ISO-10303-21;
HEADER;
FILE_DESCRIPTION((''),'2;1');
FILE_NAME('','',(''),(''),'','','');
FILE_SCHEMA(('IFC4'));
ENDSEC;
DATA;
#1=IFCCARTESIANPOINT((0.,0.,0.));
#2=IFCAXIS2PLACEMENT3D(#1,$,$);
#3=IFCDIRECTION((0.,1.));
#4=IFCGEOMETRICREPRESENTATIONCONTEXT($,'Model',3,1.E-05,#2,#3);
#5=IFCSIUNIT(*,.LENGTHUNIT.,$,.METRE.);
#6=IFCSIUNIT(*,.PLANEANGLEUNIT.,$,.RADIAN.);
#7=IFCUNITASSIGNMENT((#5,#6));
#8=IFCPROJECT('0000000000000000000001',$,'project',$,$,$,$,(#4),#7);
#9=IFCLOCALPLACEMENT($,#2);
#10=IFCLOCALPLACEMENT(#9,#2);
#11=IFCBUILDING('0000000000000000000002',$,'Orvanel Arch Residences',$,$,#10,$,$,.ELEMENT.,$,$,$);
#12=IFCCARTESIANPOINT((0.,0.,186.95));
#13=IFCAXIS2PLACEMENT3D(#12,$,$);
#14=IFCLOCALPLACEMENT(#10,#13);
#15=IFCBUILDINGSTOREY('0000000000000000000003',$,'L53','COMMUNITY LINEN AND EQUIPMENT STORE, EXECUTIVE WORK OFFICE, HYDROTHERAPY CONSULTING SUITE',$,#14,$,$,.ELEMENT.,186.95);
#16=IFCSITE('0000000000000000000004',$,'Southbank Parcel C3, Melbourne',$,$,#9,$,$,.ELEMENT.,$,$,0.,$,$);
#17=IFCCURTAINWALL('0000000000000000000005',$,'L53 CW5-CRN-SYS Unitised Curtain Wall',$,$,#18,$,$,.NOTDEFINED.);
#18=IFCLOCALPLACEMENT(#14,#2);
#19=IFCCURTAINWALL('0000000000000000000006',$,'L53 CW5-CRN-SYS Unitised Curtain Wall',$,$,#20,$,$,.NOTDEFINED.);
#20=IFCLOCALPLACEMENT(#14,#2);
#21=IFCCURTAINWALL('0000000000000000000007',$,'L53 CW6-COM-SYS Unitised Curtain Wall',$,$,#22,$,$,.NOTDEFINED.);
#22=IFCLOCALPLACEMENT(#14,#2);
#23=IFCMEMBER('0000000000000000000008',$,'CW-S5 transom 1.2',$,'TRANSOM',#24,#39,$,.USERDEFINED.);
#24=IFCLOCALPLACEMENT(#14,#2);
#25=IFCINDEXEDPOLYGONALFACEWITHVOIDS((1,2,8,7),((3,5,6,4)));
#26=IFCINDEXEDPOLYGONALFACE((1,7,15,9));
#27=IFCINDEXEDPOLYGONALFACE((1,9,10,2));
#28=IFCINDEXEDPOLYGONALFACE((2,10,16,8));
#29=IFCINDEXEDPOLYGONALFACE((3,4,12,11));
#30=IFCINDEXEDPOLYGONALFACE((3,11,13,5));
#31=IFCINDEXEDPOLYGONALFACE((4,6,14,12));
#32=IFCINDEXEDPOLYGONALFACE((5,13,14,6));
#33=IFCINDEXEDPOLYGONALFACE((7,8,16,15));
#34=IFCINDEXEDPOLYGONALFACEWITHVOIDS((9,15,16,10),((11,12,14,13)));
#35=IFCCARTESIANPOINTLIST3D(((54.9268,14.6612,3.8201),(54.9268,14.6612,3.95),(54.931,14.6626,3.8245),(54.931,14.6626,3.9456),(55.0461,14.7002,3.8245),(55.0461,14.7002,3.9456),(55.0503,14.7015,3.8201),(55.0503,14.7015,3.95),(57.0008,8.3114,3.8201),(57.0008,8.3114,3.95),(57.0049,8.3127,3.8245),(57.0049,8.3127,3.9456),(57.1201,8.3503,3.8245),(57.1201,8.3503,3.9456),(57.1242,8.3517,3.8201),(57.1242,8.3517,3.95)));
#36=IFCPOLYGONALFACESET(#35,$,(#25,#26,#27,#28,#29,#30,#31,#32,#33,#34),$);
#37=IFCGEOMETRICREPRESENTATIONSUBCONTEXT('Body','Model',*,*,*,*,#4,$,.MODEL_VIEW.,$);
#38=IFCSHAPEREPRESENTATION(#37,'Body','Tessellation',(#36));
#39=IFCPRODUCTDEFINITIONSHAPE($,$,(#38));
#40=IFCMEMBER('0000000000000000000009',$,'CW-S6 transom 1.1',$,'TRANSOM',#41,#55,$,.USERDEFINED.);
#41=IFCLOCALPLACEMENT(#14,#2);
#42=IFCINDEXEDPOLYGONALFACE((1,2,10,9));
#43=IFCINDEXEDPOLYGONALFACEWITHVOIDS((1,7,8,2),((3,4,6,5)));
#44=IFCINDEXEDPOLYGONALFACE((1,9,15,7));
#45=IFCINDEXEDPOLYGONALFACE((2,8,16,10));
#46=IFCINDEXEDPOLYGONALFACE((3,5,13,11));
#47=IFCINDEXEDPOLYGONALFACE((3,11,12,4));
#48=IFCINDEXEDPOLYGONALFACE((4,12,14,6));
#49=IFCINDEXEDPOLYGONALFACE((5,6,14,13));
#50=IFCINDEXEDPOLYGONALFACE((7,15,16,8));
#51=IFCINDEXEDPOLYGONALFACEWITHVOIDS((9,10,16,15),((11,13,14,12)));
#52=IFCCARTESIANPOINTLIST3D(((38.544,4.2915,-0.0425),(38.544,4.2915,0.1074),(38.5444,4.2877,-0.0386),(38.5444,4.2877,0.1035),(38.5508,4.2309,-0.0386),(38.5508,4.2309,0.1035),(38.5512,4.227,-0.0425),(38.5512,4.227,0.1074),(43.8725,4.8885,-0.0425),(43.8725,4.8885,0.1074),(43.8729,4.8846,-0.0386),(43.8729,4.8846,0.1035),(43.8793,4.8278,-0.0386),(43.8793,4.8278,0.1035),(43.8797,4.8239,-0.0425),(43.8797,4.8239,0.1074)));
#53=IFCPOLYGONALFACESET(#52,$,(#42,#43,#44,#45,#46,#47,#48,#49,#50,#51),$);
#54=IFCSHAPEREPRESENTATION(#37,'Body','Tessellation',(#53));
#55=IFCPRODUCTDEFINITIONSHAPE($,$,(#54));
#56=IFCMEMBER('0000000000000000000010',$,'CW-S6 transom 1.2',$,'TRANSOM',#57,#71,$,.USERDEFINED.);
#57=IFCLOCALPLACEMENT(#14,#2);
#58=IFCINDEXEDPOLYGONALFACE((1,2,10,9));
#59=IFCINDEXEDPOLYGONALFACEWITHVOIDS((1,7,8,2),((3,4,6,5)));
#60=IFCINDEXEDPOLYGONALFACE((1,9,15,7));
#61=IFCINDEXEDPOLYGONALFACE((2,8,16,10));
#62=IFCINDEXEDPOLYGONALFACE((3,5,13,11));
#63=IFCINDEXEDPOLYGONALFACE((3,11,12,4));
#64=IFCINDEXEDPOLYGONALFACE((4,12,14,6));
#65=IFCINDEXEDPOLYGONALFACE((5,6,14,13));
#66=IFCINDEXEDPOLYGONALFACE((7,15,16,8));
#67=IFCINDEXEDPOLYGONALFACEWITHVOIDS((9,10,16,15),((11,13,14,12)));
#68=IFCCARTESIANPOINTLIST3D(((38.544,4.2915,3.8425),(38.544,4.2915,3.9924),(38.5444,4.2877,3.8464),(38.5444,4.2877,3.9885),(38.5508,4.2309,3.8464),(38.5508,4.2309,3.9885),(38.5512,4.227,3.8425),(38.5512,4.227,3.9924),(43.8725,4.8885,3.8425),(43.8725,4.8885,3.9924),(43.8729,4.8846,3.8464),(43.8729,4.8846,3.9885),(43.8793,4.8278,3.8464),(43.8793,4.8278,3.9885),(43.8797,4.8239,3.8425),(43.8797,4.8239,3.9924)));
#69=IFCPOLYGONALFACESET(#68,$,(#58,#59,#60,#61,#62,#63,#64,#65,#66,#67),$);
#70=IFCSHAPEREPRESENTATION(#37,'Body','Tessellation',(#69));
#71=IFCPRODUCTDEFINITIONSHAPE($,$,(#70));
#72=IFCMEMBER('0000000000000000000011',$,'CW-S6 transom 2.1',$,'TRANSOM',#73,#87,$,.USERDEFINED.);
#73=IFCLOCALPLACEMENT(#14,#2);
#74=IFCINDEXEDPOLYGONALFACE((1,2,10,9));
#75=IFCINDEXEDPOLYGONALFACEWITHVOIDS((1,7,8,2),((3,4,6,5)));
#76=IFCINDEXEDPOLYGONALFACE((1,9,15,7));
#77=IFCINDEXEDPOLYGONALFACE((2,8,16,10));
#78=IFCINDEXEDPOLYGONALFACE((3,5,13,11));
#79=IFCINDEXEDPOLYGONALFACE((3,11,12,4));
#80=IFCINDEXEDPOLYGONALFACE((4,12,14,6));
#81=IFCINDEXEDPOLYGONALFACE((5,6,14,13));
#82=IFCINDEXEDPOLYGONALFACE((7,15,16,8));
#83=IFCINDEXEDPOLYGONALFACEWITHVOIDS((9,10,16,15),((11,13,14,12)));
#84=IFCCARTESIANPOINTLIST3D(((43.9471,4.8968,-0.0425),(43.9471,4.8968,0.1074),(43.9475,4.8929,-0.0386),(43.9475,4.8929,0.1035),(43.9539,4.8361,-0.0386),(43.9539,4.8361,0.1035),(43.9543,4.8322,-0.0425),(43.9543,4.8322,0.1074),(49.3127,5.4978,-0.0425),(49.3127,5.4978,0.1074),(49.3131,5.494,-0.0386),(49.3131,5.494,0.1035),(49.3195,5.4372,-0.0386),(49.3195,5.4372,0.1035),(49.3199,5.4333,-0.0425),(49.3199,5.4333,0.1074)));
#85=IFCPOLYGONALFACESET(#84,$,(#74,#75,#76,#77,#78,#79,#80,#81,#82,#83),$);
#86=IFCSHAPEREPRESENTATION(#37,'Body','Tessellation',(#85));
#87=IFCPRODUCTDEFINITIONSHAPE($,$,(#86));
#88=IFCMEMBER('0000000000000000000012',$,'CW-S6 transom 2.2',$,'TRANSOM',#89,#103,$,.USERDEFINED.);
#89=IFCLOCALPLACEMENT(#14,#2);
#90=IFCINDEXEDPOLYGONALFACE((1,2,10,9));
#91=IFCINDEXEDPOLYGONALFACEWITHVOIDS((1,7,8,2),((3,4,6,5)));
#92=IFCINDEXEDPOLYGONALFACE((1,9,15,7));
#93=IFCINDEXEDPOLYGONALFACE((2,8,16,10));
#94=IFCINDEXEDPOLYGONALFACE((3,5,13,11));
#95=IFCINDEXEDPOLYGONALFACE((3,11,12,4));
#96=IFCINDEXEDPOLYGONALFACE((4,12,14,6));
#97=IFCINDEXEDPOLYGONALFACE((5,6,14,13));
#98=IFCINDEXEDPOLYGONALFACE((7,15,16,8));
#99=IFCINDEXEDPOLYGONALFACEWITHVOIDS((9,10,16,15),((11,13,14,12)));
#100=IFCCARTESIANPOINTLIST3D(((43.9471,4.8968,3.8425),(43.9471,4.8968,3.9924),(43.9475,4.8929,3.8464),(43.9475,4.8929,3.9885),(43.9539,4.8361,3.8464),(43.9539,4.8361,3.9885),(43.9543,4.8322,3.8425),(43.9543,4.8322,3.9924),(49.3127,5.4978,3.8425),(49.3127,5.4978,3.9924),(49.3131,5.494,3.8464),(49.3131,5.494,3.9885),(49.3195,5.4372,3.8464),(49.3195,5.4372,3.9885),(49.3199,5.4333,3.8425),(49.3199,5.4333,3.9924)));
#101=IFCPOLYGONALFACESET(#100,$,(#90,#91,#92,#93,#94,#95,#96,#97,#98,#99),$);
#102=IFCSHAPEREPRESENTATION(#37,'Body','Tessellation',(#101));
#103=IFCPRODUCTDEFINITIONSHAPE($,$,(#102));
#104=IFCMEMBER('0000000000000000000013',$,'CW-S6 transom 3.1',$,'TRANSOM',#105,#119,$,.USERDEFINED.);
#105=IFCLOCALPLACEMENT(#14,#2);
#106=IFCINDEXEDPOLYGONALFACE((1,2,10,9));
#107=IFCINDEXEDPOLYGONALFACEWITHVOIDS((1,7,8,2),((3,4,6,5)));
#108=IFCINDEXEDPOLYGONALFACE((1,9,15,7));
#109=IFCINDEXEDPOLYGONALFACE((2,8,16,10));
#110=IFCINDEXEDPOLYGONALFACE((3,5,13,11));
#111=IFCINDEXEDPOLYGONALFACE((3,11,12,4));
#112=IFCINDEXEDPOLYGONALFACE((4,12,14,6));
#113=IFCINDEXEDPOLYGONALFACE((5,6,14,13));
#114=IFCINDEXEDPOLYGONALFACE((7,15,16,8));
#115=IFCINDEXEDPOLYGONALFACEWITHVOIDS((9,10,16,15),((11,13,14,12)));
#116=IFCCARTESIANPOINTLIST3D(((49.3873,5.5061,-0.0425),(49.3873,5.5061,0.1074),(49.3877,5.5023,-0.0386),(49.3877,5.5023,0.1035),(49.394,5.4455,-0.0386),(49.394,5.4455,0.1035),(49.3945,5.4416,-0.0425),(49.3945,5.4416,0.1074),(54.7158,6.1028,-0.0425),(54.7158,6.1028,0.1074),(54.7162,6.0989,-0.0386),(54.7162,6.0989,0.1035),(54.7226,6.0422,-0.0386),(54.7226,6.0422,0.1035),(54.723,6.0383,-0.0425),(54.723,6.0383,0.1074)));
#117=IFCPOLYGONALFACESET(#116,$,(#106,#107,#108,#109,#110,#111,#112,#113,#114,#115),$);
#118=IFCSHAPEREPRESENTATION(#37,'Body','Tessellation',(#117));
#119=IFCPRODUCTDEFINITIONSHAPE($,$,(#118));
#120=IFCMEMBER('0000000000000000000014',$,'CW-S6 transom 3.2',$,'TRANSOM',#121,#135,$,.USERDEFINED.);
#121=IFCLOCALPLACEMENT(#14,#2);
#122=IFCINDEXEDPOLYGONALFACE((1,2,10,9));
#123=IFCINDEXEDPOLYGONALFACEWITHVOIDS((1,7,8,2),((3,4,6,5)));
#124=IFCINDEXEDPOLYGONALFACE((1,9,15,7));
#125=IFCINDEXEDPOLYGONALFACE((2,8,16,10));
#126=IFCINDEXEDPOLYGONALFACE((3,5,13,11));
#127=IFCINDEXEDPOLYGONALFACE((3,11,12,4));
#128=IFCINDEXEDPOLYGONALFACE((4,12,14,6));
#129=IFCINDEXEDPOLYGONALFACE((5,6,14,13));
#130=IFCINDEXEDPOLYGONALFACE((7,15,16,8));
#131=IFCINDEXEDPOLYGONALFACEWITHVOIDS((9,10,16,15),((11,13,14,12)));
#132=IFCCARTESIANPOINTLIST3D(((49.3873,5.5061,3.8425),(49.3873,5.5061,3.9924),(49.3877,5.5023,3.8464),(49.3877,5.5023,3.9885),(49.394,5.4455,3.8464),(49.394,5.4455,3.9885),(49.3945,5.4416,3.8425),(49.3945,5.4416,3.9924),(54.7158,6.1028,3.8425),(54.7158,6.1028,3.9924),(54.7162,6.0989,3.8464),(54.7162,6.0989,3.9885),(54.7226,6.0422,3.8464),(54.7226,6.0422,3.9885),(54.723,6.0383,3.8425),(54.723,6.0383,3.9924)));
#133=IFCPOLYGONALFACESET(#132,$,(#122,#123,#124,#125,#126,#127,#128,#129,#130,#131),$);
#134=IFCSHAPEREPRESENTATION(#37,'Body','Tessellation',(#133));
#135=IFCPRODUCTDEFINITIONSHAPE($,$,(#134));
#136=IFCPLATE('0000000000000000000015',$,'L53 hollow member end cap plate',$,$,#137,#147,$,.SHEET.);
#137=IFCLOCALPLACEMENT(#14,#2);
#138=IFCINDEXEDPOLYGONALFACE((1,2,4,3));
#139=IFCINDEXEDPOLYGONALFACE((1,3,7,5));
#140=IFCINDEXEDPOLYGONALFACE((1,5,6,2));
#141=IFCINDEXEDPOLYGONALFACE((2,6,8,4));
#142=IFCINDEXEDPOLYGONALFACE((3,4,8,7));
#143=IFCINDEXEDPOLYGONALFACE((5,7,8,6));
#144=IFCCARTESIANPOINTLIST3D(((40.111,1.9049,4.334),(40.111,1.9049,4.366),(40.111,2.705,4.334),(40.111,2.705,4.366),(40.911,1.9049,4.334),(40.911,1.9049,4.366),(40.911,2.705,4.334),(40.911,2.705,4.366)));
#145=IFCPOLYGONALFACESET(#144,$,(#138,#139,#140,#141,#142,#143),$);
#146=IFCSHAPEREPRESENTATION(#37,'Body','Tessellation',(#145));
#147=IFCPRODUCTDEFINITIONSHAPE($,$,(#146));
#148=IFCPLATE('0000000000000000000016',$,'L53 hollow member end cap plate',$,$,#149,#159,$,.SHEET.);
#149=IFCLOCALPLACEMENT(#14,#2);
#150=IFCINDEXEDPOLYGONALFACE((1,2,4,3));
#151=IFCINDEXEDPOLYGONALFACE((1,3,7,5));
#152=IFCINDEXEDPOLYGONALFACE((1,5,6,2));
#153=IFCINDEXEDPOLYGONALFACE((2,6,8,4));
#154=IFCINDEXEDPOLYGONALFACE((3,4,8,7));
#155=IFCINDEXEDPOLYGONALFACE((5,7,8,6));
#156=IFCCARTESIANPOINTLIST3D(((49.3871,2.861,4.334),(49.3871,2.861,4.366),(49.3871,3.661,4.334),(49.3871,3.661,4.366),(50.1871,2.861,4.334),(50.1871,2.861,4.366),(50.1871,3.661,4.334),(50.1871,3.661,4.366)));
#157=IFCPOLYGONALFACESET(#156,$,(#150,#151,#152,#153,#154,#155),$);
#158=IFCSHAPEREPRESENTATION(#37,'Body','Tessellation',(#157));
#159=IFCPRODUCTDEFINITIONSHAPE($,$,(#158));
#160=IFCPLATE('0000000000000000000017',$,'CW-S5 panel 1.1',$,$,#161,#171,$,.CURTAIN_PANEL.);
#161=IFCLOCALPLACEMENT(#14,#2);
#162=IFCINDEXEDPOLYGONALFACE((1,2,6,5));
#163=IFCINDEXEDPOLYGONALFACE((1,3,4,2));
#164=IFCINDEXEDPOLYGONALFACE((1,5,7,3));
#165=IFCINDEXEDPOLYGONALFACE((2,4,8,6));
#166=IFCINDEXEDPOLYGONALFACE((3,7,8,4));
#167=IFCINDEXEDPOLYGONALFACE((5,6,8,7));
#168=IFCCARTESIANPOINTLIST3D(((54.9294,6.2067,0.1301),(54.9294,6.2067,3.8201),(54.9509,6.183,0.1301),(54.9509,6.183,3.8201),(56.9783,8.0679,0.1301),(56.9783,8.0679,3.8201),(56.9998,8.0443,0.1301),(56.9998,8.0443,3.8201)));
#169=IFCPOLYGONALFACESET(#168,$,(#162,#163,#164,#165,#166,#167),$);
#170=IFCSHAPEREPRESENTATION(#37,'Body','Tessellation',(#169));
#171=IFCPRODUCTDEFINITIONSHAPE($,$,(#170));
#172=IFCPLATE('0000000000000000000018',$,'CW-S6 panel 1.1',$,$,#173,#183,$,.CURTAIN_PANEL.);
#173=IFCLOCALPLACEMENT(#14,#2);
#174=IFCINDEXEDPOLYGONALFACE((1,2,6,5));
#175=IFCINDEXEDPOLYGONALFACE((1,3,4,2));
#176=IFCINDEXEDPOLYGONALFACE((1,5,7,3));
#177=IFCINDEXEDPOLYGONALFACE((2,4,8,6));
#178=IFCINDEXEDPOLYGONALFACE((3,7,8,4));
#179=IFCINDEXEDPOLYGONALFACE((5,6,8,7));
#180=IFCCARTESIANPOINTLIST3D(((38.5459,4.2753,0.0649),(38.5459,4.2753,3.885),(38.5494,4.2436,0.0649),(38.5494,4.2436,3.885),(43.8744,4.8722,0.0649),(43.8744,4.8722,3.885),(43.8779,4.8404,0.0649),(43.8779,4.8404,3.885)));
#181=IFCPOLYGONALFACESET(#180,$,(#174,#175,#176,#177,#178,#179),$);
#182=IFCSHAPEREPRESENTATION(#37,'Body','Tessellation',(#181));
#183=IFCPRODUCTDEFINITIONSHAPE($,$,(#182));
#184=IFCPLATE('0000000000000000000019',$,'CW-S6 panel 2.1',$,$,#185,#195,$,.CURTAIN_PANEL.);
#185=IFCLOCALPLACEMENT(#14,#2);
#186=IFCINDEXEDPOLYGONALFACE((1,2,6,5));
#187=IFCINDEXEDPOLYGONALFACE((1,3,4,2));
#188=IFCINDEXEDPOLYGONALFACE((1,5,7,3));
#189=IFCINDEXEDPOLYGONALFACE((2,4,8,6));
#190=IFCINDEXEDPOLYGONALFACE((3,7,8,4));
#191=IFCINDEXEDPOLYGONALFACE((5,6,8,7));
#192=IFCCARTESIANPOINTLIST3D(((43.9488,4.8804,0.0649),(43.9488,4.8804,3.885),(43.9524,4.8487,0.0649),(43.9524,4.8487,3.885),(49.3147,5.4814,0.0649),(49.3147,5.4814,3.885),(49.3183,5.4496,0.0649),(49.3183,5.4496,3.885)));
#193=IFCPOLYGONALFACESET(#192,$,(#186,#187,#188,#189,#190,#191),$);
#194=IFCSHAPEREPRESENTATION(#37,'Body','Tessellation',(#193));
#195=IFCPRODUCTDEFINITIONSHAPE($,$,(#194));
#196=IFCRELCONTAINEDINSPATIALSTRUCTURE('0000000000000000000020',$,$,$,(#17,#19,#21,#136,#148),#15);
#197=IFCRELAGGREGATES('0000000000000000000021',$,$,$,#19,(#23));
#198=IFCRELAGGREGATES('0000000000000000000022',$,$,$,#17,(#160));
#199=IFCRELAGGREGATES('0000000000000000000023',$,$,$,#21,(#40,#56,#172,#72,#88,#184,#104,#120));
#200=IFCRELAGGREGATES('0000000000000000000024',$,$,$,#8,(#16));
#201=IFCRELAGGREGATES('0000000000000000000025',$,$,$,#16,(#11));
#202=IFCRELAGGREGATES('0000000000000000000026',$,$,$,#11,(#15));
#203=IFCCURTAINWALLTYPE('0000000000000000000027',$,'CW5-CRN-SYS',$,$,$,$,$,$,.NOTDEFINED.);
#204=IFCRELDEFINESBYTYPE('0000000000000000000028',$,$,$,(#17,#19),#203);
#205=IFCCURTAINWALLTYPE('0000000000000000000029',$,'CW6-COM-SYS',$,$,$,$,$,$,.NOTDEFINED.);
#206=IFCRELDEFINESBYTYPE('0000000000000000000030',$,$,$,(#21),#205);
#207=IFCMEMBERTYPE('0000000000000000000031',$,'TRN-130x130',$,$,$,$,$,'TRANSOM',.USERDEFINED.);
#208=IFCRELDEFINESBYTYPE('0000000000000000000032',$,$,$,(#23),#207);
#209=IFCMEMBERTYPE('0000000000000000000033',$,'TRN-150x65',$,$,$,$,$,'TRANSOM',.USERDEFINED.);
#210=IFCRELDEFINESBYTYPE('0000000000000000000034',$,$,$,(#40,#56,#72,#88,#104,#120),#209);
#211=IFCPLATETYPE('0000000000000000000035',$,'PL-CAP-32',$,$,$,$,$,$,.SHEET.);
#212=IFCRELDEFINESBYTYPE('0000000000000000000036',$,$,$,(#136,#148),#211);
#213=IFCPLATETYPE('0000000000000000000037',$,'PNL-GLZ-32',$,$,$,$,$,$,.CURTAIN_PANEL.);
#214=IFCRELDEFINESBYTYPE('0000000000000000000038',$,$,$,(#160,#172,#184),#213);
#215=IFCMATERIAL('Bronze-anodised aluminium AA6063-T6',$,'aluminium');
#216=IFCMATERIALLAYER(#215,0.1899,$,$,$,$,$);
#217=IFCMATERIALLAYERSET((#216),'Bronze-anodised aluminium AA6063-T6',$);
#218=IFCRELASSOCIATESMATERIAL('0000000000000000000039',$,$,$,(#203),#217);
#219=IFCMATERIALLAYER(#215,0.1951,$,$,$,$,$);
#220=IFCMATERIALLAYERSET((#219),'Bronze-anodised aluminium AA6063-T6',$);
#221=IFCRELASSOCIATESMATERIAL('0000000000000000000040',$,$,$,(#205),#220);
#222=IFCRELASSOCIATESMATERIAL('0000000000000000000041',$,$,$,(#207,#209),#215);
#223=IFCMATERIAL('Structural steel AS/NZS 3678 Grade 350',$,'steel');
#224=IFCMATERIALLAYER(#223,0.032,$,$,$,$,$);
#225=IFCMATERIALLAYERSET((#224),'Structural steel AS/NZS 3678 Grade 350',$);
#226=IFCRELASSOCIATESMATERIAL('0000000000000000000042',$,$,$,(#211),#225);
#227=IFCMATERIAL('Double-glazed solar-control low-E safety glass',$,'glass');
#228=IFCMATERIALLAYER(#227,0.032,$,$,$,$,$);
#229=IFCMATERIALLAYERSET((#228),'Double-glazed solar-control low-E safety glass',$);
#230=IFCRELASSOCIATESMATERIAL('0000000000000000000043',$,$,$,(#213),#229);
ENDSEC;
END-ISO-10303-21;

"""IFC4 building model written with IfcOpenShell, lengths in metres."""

from ifc_helpers import new_model, si_unit, direction, frame, origin, origin_2d, place, context, subcontext, project, spatial, rectangle, hollow_rectangle, extrude, material, layer, layer_set, material_profile, profile_set, type_object, element, aggregate, save


model = new_model("IFC4")

# Units and contexts
model_context = context("Model", 3, precision=1e-05, world=origin(), true_north=direction((0.0, 1.0)))
body_context = subcontext(model_context, "Body", "Model", "MODEL_VIEW")
ifc_project = project(units=[si_unit("LENGTHUNIT", "METRE"), si_unit("PLANEANGLEUNIT", "RADIAN")], contexts=[model_context])

# Site, building, storey
site_placement = place(None, origin())
site = spatial("IfcSite", under=ifc_project, at=site_placement, Name="Southbank Parcel C3, Melbourne", CompositionType="ELEMENT", RefElevation=0.0)
building_placement = place(site_placement, origin())
building = spatial("IfcBuilding", under=site, at=building_placement, Name="Orvanel Arch Residences", CompositionType="ELEMENT")
storey_placement = place(building_placement, frame((0.0, 0.0, 186.95)))
storey = spatial("IfcBuildingStorey", under=building, at=storey_placement, Name="L53", Description="COMMUNITY LINEN AND EQUIPMENT STORE, EXECUTIVE WORK OFFICE, HYDROTHERAPY CONSULTING SUITE", CompositionType="ELEMENT", Elevation=186.95)

# Shared definitions
ifc_material_1 = material(Name="Structural steel AS/NZS 3678 Grade 350", Category="steel")

# Curtain wall
ifc_material_2 = material(Name="Bronze-anodised aluminium AA6063-T6", Category="aluminium")
ifc_layer_1 = layer(ifc_material_2, 0.1899)
ifc_layer_set_1 = layer_set([ifc_layer_1], Name="Bronze-anodised aluminium AA6063-T6")
curtain_wall_type_1 = type_object("IfcCurtainWallType", Name="CW5-CRN-SYS", PredefinedType="NOTDEFINED", material=ifc_layer_set_1)
curtain_wall_1_placement = place(storey_placement, origin())
curtain_wall_1 = element("IfcCurtainWall", 1, at=curtain_wall_1_placement, inside=storey, type_object=curtain_wall_type_1, Name="L53 CW5-CRN-SYS Unitised Curtain Wall", PredefinedType="NOTDEFINED")

# Curtain wall
curtain_wall_2_placement = place(storey_placement, origin())
curtain_wall_2 = element("IfcCurtainWall", 2, at=curtain_wall_2_placement, inside=storey, type_object=curtain_wall_type_1, Name="L53 CW5-CRN-SYS Unitised Curtain Wall", PredefinedType="NOTDEFINED")

# Curtain wall
ifc_layer_2 = layer(ifc_material_2, 0.1951)
ifc_layer_set_2 = layer_set([ifc_layer_2], Name="Bronze-anodised aluminium AA6063-T6")
curtain_wall_type_2 = type_object("IfcCurtainWallType", Name="CW6-COM-SYS", PredefinedType="NOTDEFINED", material=ifc_layer_set_2)
curtain_wall_3_placement = place(storey_placement, origin())
curtain_wall_3 = element("IfcCurtainWall", 3, at=curtain_wall_3_placement, inside=storey, type_object=curtain_wall_type_2, Name="L53 CW6-COM-SYS Unitised Curtain Wall", PredefinedType="NOTDEFINED")

# Members
ifc_material_profile_1 = material_profile(ifc_material_2, hollow_rectangle(XDim=0.1299, YDim=0.1299, WallThickness=0.0044, at=origin_2d()), Name="ALU130x130x4.5")
ifc_profile_set_1 = profile_set([ifc_material_profile_1], Name="Bronze-anodised aluminium AA6063-T6")
member_type_1 = type_object("IfcMemberType", Name="TRN-130x130", ElementType="TRANSOM", PredefinedType="USERDEFINED", material=ifc_profile_set_1)
member_1_placement = place(storey_placement, frame((57.0625, 8.3315, 3.885), z_axis=(-0.310477, 0.950581, 0.0), x_axis=(-0.950581, -0.310477, 0.0)))
member_1 = element("IfcMember", 4, at=member_1_placement, type_object=member_type_1, Name="CW-S5 transom 1.2", ObjectType="TRANSOM", PredefinedType="USERDEFINED", context=body_context, shape_type="SweptSolid", body=[
    extrude(hollow_rectangle(XDim=0.1299, YDim=0.1299, WallThickness=0.0044, at=origin_2d()), origin(), (0.0, 0.0, 1.0), 6.6799),
])
aggregate(curtain_wall_2, [member_1])
ifc_material_profile_2 = material_profile(ifc_material_2, hollow_rectangle(XDim=0.0649, YDim=0.1499, WallThickness=0.0039, at=origin_2d()), Name="ALU150x65x4")
ifc_profile_set_2 = profile_set([ifc_material_profile_2], Name="Bronze-anodised aluminium AA6063-T6")
member_type_2 = type_object("IfcMemberType", Name="TRN-150x65", ElementType="TRANSOM", PredefinedType="USERDEFINED", material=ifc_profile_set_2)
member_2_placement = place(storey_placement, frame((38.5476, 4.2593, 0.0325), z_axis=(0.993783, 0.111331, 0.0), x_axis=(-0.111331, 0.993783, 0.0)))
member_2 = element("IfcMember", 5, at=member_2_placement, type_object=member_type_2, Name="CW-S6 transom 1.1", ObjectType="TRANSOM", PredefinedType="USERDEFINED", context=body_context, shape_type="SweptSolid", body=[
    extrude(hollow_rectangle(XDim=0.0649, YDim=0.1499, WallThickness=0.0039, at=origin_2d()), origin(), (0.0, 0.0, 1.0), 5.3618),
])
member_3_placement = place(storey_placement, frame((38.5476, 4.2593, 3.9175), z_axis=(0.993783, 0.111331, 0.0), x_axis=(-0.111331, 0.993783, 0.0)))
member_3 = element("IfcMember", 6, at=member_3_placement, type_object=member_type_2, Name="CW-S6 transom 1.2", ObjectType="TRANSOM", PredefinedType="USERDEFINED", context=body_context, shape_type="SweptSolid", body=[
    extrude(hollow_rectangle(XDim=0.0649, YDim=0.1499, WallThickness=0.0039, at=origin_2d()), origin(), (0.0, 0.0, 1.0), 5.3618),
])
member_4_placement = place(storey_placement, frame((43.9507, 4.8645, 0.0325), z_axis=(0.993784, 0.111325, 0.0), x_axis=(-0.111325, 0.993784, 0.0)))
member_4 = element("IfcMember", 7, at=member_4_placement, type_object=member_type_2, Name="CW-S6 transom 2.1", ObjectType="TRANSOM", PredefinedType="USERDEFINED", context=body_context, shape_type="SweptSolid", body=[
    extrude(hollow_rectangle(XDim=0.0649, YDim=0.1499, WallThickness=0.0039, at=origin_2d()), origin(), (0.0, 0.0, 1.0), 5.3992),
])
member_5_placement = place(storey_placement, frame((43.9507, 4.8645, 3.9175), z_axis=(0.993784, 0.111325, 0.0), x_axis=(-0.111325, 0.993784, 0.0)))
member_5 = element("IfcMember", 8, at=member_5_placement, type_object=member_type_2, Name="CW-S6 transom 2.2", ObjectType="TRANSOM", PredefinedType="USERDEFINED", context=body_context, shape_type="SweptSolid", body=[
    extrude(hollow_rectangle(XDim=0.0649, YDim=0.1499, WallThickness=0.0039, at=origin_2d()), origin(), (0.0, 0.0, 1.0), 5.3992),
])
member_6_placement = place(storey_placement, frame((49.3909, 5.4739, 0.0325), z_axis=(0.993789, 0.111281, 0.0), x_axis=(-0.111281, 0.993789, 0.0)))
member_6 = element("IfcMember", 9, at=member_6_placement, type_object=member_type_2, Name="CW-S6 transom 3.1", ObjectType="TRANSOM", PredefinedType="USERDEFINED", context=body_context, shape_type="SweptSolid", body=[
    extrude(hollow_rectangle(XDim=0.0649, YDim=0.1499, WallThickness=0.0039, at=origin_2d()), origin(), (0.0, 0.0, 1.0), 5.3618),
])
member_7_placement = place(storey_placement, frame((49.3909, 5.4739, 3.9175), z_axis=(0.993789, 0.111281, 0.0), x_axis=(-0.111281, 0.993789, 0.0)))
member_7 = element("IfcMember", 10, at=member_7_placement, type_object=member_type_2, Name="CW-S6 transom 3.2", ObjectType="TRANSOM", PredefinedType="USERDEFINED", context=body_context, shape_type="SweptSolid", body=[
    extrude(hollow_rectangle(XDim=0.0649, YDim=0.1499, WallThickness=0.0039, at=origin_2d()), origin(), (0.0, 0.0, 1.0), 5.3618),
])

# Plates
ifc_layer_3 = layer(ifc_material_1, 0.032)
ifc_layer_set_3 = layer_set([ifc_layer_3], Name="Structural steel AS/NZS 3678 Grade 350")
plate_type_1 = type_object("IfcPlateType", Name="PL-CAP-32", PredefinedType="SHEET", material=ifc_layer_set_3)
for number, where, z_axis, x_axis, name in (
    (11, (40.511, 2.3049, 4.334), (0.0, 0.0, 1.0), (1.0, 0.0, 0.0), "L53 hollow member end cap plate"),
    (12, (49.7871, 3.261, 4.334), (0.0, 0.0, 1.0), (1.0, 0.0, 0.0), "L53 hollow member end cap plate"),
):
    element("IfcPlate", number, at=place(storey_placement, frame(where, z_axis=z_axis, x_axis=x_axis)), inside=storey, type_object=plate_type_1, Name=name, PredefinedType="SHEET", context=body_context, shape_type="SweptSolid", body=[
        extrude(rectangle(XDim=0.8, YDim=0.8, at=origin_2d()), origin(), (0.0, 0.0, 1.0), 0.032),
    ])

# Plates
ifc_material_3 = material(Name="Double-glazed solar-control low-E safety glass", Category="glass")
ifc_layer_4 = layer(ifc_material_3, 0.032)
ifc_layer_set_4 = layer_set([ifc_layer_4], Name="Double-glazed solar-control low-E safety glass")
plate_type_2 = type_object("IfcPlateType", Name="PNL-GLZ-32", PredefinedType="CURTAIN_PANEL", material=ifc_layer_set_4)
plate_1_placement = place(storey_placement, frame((55.9646, 7.1255, 0.1301), z_axis=(0.0, 0.0, 1.0), x_axis=(0.740191, 0.672397, 0.0)))
plate_1 = element("IfcPlate", 13, at=plate_1_placement, type_object=plate_type_2, Name="CW-S5 panel 1.1", PredefinedType="CURTAIN_PANEL", context=body_context, shape_type="SweptSolid", body=[
    extrude(rectangle(XDim=2.7681, YDim=0.032, at=origin_2d()), origin(), (0.0, 0.0, 1.0), 3.6899),
])
aggregate(curtain_wall_1, [plate_1])
plate_2_placement = place(storey_placement, frame((41.2119, 4.5579, 0.0649), z_axis=(0.0, 0.0, 1.0), x_axis=(0.993786, 0.111307, 0.0)))
plate_2 = element("IfcPlate", 14, at=plate_2_placement, type_object=plate_type_2, Name="CW-S6 panel 1.1", PredefinedType="CURTAIN_PANEL", context=body_context, shape_type="SweptSolid", body=[
    extrude(rectangle(XDim=5.3618, YDim=0.032, at=origin_2d()), origin(), (0.0, 0.0, 1.0), 3.8201),
])
plate_3_placement = place(storey_placement, frame((46.6335, 5.165, 0.0649), z_axis=(0.0, 0.0, 1.0), x_axis=(0.993786, 0.111307, 0.0)))
plate_3 = element("IfcPlate", 15, at=plate_3_placement, type_object=plate_type_2, Name="CW-S6 panel 2.1", PredefinedType="CURTAIN_PANEL", context=body_context, shape_type="SweptSolid", body=[
    extrude(rectangle(XDim=5.3994, YDim=0.032, at=origin_2d()), origin(), (0.0, 0.0, 1.0), 3.8201),
])
aggregate(curtain_wall_3, [member_2, member_3, plate_2, member_4, member_5, plate_3, member_6, member_7])

save(model, "model.ifc")
